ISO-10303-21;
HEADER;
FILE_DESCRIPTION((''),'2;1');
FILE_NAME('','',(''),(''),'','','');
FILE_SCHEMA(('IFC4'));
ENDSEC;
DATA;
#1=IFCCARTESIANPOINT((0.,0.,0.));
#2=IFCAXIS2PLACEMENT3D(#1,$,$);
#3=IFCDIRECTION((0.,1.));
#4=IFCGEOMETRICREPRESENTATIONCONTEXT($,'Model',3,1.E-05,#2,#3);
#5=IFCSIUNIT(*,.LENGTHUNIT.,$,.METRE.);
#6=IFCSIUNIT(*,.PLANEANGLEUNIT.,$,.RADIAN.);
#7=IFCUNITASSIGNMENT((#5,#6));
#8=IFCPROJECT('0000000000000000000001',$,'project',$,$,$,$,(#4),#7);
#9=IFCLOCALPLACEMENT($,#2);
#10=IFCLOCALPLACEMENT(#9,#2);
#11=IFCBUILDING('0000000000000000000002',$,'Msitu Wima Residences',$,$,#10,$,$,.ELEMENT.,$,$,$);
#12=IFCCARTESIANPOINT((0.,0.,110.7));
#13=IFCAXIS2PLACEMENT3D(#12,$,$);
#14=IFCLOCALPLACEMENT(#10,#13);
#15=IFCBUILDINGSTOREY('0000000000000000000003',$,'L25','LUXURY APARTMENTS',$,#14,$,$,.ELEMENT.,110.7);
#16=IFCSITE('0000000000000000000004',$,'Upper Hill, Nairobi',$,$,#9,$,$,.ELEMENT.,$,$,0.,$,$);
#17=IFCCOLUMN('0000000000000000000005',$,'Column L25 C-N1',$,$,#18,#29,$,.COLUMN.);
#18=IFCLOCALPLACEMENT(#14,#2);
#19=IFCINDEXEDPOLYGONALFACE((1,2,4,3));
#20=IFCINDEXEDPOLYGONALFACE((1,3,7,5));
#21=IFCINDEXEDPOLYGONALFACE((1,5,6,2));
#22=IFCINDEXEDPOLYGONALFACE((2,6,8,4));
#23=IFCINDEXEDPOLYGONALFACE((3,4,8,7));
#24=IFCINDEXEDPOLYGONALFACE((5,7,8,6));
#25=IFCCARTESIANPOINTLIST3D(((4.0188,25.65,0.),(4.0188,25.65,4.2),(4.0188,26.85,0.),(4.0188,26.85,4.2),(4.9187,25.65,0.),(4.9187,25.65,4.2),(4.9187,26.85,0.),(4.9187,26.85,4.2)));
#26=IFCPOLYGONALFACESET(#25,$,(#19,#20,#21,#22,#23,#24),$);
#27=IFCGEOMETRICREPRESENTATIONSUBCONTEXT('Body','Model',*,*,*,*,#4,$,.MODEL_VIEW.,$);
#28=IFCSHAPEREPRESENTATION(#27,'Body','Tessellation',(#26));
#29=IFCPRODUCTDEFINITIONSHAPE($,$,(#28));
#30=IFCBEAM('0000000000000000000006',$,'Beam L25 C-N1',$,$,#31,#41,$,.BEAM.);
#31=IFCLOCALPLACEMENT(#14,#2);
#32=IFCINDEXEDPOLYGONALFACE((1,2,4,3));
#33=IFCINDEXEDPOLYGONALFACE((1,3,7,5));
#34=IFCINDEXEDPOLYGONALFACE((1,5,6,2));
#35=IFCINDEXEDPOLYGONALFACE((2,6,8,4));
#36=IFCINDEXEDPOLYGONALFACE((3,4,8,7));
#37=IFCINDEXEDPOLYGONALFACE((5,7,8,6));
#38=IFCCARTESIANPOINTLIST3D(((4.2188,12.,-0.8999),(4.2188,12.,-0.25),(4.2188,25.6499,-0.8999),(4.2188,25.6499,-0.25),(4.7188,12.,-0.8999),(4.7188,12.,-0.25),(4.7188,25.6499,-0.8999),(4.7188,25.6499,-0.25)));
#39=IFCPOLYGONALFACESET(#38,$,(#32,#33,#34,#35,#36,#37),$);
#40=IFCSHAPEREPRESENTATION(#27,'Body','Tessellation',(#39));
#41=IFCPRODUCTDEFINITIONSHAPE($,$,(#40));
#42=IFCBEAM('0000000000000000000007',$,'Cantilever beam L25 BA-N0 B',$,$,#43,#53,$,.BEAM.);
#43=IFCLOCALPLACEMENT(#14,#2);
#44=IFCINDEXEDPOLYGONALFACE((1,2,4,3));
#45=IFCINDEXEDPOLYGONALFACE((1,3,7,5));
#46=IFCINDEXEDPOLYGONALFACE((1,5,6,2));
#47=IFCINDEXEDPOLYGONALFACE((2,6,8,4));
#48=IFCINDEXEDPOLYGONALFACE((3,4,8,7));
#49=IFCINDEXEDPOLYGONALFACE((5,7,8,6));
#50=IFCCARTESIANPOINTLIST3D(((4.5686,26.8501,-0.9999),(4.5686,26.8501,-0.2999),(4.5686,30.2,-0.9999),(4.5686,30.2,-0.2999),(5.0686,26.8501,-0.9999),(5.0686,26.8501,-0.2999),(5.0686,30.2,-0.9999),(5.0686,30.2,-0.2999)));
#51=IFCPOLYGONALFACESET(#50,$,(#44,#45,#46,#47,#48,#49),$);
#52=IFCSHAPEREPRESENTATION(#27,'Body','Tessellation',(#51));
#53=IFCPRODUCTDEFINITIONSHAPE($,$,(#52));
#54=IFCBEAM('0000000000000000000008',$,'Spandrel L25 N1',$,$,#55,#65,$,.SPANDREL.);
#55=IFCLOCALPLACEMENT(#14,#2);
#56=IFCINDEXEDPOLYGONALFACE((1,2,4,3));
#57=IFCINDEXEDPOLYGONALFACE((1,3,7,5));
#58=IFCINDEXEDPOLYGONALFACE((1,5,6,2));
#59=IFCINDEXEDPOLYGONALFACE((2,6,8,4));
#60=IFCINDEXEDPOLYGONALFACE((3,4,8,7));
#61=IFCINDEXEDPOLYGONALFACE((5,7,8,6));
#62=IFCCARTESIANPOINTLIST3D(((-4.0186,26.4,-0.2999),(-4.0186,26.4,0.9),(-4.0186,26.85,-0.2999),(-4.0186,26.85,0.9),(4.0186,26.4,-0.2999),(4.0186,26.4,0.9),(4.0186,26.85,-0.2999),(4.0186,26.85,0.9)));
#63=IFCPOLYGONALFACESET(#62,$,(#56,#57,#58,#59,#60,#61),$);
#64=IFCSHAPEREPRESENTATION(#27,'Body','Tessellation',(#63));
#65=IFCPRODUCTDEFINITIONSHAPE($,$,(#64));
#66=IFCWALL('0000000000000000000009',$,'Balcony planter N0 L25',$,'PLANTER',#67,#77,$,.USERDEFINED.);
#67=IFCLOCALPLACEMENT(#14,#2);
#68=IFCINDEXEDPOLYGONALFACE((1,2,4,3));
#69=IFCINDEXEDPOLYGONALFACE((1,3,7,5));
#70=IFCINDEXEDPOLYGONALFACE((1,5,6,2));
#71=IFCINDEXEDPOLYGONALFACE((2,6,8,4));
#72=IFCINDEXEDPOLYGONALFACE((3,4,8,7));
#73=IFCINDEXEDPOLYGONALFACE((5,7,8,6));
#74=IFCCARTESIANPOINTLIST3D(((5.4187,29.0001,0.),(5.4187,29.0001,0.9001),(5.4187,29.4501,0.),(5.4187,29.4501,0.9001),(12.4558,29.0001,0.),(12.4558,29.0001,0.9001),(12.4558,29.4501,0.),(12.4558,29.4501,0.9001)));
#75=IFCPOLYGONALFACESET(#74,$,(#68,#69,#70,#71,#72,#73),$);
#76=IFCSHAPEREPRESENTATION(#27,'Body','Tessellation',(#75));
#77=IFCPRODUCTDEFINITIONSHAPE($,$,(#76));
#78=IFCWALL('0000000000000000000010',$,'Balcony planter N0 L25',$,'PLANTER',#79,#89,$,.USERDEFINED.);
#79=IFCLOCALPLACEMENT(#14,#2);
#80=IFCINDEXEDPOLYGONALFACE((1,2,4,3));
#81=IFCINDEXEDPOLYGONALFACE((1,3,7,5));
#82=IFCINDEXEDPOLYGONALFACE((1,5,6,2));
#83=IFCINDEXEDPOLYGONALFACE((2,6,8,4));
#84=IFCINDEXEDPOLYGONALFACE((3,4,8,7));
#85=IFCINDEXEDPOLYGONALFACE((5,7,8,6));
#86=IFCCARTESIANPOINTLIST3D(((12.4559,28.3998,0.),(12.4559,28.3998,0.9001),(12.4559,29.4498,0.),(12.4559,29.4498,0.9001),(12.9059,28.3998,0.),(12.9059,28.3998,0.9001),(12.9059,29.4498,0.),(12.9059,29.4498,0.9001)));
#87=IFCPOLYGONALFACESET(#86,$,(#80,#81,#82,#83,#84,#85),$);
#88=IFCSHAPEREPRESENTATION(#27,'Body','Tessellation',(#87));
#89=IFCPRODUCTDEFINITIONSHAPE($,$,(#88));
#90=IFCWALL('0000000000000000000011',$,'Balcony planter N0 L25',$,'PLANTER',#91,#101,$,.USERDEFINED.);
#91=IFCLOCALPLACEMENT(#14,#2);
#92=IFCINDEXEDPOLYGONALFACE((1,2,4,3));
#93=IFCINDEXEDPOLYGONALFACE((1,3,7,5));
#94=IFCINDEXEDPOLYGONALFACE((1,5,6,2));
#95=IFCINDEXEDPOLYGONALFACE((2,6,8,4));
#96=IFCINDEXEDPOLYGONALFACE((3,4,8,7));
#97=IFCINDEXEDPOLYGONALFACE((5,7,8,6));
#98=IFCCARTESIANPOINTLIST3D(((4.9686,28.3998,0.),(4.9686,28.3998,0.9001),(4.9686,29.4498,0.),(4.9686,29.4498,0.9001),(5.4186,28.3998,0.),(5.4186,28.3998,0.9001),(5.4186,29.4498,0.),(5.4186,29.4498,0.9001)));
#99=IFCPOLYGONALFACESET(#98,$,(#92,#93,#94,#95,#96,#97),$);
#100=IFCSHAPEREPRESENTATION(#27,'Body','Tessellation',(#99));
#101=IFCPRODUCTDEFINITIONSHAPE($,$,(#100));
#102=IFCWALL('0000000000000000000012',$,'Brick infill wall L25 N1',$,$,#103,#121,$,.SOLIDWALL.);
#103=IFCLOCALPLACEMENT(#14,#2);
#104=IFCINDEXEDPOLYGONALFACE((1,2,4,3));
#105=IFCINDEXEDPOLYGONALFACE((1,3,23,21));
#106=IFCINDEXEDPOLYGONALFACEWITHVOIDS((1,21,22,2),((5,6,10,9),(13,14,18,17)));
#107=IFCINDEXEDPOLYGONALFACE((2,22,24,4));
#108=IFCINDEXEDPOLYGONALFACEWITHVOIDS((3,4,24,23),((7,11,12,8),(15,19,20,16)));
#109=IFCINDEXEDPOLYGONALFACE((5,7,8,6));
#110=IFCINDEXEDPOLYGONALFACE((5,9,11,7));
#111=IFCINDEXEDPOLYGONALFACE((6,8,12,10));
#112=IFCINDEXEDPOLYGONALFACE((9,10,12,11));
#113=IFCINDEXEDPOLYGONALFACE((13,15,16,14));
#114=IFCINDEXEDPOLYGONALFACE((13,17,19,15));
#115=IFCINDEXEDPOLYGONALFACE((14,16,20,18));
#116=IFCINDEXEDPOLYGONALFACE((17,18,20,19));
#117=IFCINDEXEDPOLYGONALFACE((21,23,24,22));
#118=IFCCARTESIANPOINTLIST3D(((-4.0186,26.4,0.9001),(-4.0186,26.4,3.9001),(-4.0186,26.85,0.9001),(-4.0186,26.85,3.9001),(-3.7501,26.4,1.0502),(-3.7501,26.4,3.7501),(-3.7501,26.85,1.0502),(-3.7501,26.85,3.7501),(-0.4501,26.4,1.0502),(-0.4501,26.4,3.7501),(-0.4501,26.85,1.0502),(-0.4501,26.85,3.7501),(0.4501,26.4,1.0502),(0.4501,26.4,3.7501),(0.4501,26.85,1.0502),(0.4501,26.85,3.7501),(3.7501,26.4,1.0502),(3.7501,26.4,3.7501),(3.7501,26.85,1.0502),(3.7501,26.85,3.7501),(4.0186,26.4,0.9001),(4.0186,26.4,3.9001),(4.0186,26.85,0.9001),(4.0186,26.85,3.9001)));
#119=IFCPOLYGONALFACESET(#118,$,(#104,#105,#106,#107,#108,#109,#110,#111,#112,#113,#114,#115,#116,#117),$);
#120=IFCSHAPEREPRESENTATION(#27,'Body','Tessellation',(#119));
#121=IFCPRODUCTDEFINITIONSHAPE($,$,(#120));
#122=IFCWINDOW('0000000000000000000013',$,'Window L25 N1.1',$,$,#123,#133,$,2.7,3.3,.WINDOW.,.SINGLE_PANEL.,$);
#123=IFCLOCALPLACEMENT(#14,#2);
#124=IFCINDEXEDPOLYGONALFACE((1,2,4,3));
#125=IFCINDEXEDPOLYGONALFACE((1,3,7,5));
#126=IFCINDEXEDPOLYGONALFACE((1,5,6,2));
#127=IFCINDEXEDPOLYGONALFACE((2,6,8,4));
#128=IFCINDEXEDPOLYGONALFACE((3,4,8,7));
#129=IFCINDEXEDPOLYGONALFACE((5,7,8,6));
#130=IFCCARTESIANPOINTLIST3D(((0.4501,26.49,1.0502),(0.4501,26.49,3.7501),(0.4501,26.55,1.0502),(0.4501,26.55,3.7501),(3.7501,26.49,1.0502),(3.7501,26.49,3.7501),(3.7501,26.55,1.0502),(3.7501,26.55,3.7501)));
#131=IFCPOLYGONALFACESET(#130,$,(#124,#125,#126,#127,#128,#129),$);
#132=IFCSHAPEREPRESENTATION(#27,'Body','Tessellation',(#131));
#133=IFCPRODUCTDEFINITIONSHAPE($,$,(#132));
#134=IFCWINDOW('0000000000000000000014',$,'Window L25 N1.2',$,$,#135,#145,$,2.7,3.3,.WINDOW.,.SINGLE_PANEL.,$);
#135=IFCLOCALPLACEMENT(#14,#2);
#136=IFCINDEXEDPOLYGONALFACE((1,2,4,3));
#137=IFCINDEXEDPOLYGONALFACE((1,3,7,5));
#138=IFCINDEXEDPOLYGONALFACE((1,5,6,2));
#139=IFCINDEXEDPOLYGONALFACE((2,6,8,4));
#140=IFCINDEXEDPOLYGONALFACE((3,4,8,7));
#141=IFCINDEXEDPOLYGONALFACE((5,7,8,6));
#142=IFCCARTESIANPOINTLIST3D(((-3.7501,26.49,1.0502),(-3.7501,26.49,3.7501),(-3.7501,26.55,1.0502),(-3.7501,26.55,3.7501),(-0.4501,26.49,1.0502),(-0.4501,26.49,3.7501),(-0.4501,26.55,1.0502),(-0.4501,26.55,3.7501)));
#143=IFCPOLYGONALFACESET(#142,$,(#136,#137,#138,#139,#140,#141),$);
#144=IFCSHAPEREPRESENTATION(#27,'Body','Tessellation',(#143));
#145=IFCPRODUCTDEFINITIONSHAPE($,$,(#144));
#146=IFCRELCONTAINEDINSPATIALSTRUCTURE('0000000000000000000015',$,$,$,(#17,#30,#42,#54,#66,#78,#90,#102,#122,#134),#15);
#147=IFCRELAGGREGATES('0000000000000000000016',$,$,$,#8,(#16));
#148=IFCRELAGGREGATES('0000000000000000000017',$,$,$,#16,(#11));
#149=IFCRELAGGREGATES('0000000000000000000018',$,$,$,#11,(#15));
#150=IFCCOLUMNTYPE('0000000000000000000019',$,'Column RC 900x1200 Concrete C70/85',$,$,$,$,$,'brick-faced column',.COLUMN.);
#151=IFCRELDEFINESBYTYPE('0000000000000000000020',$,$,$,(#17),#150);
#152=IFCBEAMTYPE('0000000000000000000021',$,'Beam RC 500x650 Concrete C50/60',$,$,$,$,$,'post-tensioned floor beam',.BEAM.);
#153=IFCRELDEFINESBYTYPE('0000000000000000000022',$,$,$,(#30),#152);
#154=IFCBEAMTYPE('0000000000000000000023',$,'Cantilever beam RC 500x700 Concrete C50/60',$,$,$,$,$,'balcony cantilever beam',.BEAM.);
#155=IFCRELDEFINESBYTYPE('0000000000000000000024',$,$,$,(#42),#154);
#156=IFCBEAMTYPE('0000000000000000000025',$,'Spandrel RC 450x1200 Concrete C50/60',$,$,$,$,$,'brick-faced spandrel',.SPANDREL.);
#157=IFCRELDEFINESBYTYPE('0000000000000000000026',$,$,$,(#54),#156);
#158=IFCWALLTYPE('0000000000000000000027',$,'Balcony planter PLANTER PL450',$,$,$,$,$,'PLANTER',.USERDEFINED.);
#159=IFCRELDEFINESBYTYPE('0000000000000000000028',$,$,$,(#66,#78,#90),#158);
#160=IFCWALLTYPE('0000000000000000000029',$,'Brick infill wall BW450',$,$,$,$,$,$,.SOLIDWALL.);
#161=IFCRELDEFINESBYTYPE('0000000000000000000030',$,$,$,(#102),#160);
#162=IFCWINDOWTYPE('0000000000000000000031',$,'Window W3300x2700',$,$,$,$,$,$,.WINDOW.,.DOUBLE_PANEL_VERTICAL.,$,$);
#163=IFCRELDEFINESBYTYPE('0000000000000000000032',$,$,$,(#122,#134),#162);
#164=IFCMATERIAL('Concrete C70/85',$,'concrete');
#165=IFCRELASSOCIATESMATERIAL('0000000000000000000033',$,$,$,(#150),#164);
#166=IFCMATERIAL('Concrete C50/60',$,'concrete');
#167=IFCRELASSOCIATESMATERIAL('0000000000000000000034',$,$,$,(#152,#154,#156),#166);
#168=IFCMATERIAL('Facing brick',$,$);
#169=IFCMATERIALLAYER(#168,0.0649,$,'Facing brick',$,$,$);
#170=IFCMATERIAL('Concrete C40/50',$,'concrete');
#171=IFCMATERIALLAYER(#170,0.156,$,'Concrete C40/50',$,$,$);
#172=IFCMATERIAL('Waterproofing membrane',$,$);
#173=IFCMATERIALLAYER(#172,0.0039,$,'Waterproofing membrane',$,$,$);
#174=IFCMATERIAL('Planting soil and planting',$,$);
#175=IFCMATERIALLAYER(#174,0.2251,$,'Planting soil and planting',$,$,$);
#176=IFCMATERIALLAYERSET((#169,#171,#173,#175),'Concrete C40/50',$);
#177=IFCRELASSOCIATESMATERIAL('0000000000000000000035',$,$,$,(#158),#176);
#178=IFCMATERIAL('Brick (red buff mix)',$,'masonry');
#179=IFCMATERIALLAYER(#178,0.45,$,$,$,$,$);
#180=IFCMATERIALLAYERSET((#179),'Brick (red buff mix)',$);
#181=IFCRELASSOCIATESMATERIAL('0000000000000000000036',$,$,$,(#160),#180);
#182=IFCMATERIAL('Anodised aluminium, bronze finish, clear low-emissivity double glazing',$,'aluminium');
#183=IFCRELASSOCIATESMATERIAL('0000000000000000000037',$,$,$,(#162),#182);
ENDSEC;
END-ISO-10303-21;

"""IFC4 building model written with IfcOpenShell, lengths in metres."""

from ifc_helpers import new_model, si_unit, direction, frame, frame_2d, origin, origin_2d, place, context, subcontext, project, spatial, rectangle, extrude, material, layer, layer_set, material_profile, profile_set, type_object, element, fill, save


model = new_model("IFC4")

# Units and contexts
model_context = context("Model", 3, precision=1e-05, world=origin(), true_north=direction((0.0, 1.0)))
body_context = subcontext(model_context, "Body", "Model", "MODEL_VIEW")
ifc_project = project(units=[si_unit("LENGTHUNIT", "METRE"), si_unit("PLANEANGLEUNIT", "RADIAN")], contexts=[model_context])

# Site, building, storey
site_placement = place(None, origin())
site = spatial("IfcSite", under=ifc_project, at=site_placement, Name="Upper Hill, Nairobi", CompositionType="ELEMENT", RefElevation=0.0)
building_placement = place(site_placement, origin())
building = spatial("IfcBuilding", under=site, at=building_placement, Name="Msitu Wima Residences", CompositionType="ELEMENT")
storey_placement = place(building_placement, frame((0.0, 0.0, 110.7)))
storey = spatial("IfcBuildingStorey", under=building, at=storey_placement, Name="L25", Description="LUXURY APARTMENTS", CompositionType="ELEMENT", Elevation=110.7)

# Column
ifc_material_1 = material(Name="Concrete C70/85", Category="concrete")
ifc_material_profile_1 = material_profile(ifc_material_1, rectangle(XDim=0.8999, YDim=1.2, at=origin_2d()), Name="RC 900x1200")
ifc_profile_set_1 = profile_set([ifc_material_profile_1], Name="Concrete C70/85")
column_type = type_object("IfcColumnType", Name="Column RC 900x1200 Concrete C70/85", ElementType="brick-faced column", PredefinedType="COLUMN", material=ifc_profile_set_1)
column_placement = place(storey_placement, frame((4.4688, 26.25, 0.0), z_axis=(0.0, 0.0, 1.0), x_axis=(-1.0, 0.0, 0.0)))
element("IfcColumn", 1, at=column_placement, inside=storey, type_object=column_type, Name="Column L25 C-N1", PredefinedType="COLUMN", context=body_context, shape_type="SweptSolid", body=[
    extrude(rectangle(XDim=0.8999, YDim=1.2, at=origin_2d()), origin(), (0.0, 0.0, 1.0), 4.2),
])

# Beams
ifc_material_2 = material(Name="Concrete C50/60", Category="concrete")
ifc_material_profile_2 = material_profile(ifc_material_2, rectangle(XDim=0.5, YDim=0.6499, at=origin_2d()), Name="RC 500x650")
ifc_profile_set_2 = profile_set([ifc_material_profile_2], Name="Concrete C50/60")
beam_type_1 = type_object("IfcBeamType", Name="Beam RC 500x650 Concrete C50/60", ElementType="post-tensioned floor beam", PredefinedType="BEAM", material=ifc_profile_set_2)
beam_1_placement = place(storey_placement, frame((4.4688, 25.6499, -0.575), z_axis=(0.0, -1.0, 0.0), x_axis=(1.0, 0.0, 0.0)))
element("IfcBeam", 2, at=beam_1_placement, inside=storey, type_object=beam_type_1, Name="Beam L25 C-N1", PredefinedType="BEAM", context=body_context, shape_type="SweptSolid", body=[
    extrude(rectangle(XDim=0.5, YDim=0.6499, at=origin_2d()), origin(), (0.0, 0.0, 1.0), 13.6499),
])
ifc_material_profile_3 = material_profile(ifc_material_2, rectangle(XDim=0.5, YDim=0.7, at=origin_2d()), Name="RC 500x700")
ifc_profile_set_3 = profile_set([ifc_material_profile_3], Name="Concrete C50/60")
beam_type_2 = type_object("IfcBeamType", Name="Cantilever beam RC 500x700 Concrete C50/60", ElementType="balcony cantilever beam", PredefinedType="BEAM", material=ifc_profile_set_3)
beam_2_placement = place(storey_placement, frame((4.8186, 26.8501, -0.6499), z_axis=(0.0, 1.0, 0.0), x_axis=(-1.0, 0.0, 0.0)))
element("IfcBeam", 3, at=beam_2_placement, inside=storey, type_object=beam_type_2, Name="Cantilever beam L25 BA-N0 B", PredefinedType="BEAM", context=body_context, shape_type="SweptSolid", body=[
    extrude(rectangle(XDim=0.5, YDim=0.7, at=origin_2d()), origin(), (0.0, 0.0, 1.0), 3.3499),
])
ifc_material_profile_4 = material_profile(ifc_material_2, rectangle(XDim=0.45, YDim=1.2, at=origin_2d()), Name="RC 450x1200")
ifc_profile_set_4 = profile_set([ifc_material_profile_4], Name="Concrete C50/60")
beam_type_3 = type_object("IfcBeamType", Name="Spandrel RC 450x1200 Concrete C50/60", ElementType="brick-faced spandrel", PredefinedType="SPANDREL", material=ifc_profile_set_4)
beam_3_placement = place(storey_placement, frame((4.0186, 26.625, 0.3), z_axis=(-1.0, 0.0, 0.0), x_axis=(0.0, -1.0, 0.0)))
element("IfcBeam", 4, at=beam_3_placement, inside=storey, type_object=beam_type_3, Name="Spandrel L25 N1", PredefinedType="SPANDREL", context=body_context, shape_type="SweptSolid", body=[
    extrude(rectangle(XDim=0.45, YDim=1.2, at=origin_2d()), origin(), (0.0, 0.0, 1.0), 8.0371),
])

# Walls
ifc_material_3 = material(Name="Facing brick")
ifc_layer_1 = layer(ifc_material_3, 0.0649, Name="Facing brick")
ifc_material_4 = material(Name="Concrete C40/50", Category="concrete")
ifc_layer_2 = layer(ifc_material_4, 0.156, Name="Concrete C40/50")
ifc_material_5 = material(Name="Waterproofing membrane")
ifc_layer_3 = layer(ifc_material_5, 0.0039, Name="Waterproofing membrane")
ifc_material_6 = material(Name="Planting soil and planting")
ifc_layer_4 = layer(ifc_material_6, 0.2251, Name="Planting soil and planting")
ifc_layer_set_1 = layer_set([ifc_layer_1, ifc_layer_2, ifc_layer_3, ifc_layer_4], Name="Concrete C40/50")
wall_type_1 = type_object("IfcWallType", Name="Balcony planter PLANTER PL450", ElementType="PLANTER", PredefinedType="USERDEFINED", material=ifc_layer_set_1)
wall_1_placement = place(storey_placement, frame((12.4558, 29.2251, 0.0), z_axis=(0.0, 0.0, 1.0), x_axis=(-1.0, 0.0, 0.0)))
element("IfcWall", 5, at=wall_1_placement, inside=storey, type_object=wall_type_1, Name="Balcony planter N0 L25", ObjectType="PLANTER", PredefinedType="USERDEFINED", context=body_context, shape_type="SweptSolid", body=[
    extrude(rectangle(XDim=7.0371, YDim=0.45, at=frame_2d((3.5186, 0.0))), origin(), (0.0, 0.0, 1.0), 0.9001),
])
for number, where, z_axis, x_axis, name in (
    (6, (12.6809, 28.3999, 0.0), (0.0, 0.0, 1.0), (0.0, 1.0, 0.0), "Balcony planter N0 L25"),
    (7, (5.1936, 28.3999, 0.0), (0.0, 0.0, 1.0), (0.0, 1.0, 0.0), "Balcony planter N0 L25"),
):
    element("IfcWall", number, at=place(storey_placement, frame(where, z_axis=z_axis, x_axis=x_axis)), inside=storey, type_object=wall_type_1, Name=name, ObjectType="PLANTER", PredefinedType="USERDEFINED", context=body_context, shape_type="SweptSolid", body=[
        extrude(rectangle(XDim=1.05, YDim=0.45, at=frame_2d((0.5249, 0.0))), origin(), (0.0, 0.0, 1.0), 0.9001),
    ])

# Wall, openings, windows
ifc_material_7 = material(Name="Brick (red buff mix)", Category="masonry")
ifc_layer_5 = layer(ifc_material_7, 0.45)
ifc_layer_set_2 = layer_set([ifc_layer_5], Name="Brick (red buff mix)")
wall_type_2 = type_object("IfcWallType", Name="Brick infill wall BW450", PredefinedType="SOLIDWALL", material=ifc_layer_set_2)
wall_2_placement = place(storey_placement, frame((4.0186, 26.625, 0.9001), z_axis=(0.0, 0.0, 1.0), x_axis=(-1.0, 0.0, 0.0)))
wall_2 = element("IfcWall", 8, at=wall_2_placement, inside=storey, type_object=wall_type_2, Name="Brick infill wall L25 N1", PredefinedType="SOLIDWALL", context=body_context, shape_type="SweptSolid", body=[
    extrude(rectangle(XDim=8.0371, YDim=0.45, at=frame_2d((4.0186, 0.0))), origin(), (0.0, 0.0, 1.0), 3.0),
])
opening_1_placement = place(wall_2_placement, frame((0.2686, 0.0, 0.1499)))
opening_1 = element("IfcOpeningElement", 9, at=opening_1_placement, cuts=wall_2, PredefinedType="OPENING", context=body_context, shape_type="SweptSolid", body=[
    extrude(rectangle(XDim=3.3, YDim=2.7, at=frame_2d((1.6499, 1.3501))), frame((0.0, 0.2349, 0.0), z_axis=(0.0, -1.0, 0.0), x_axis=(1.0, 0.0, 0.0)), (0.0, 0.0, 1.0), 0.47),
])
opening_2_placement = place(wall_2_placement, frame((4.4688, 0.0, 0.1499)))
opening_2 = element("IfcOpeningElement", 10, at=opening_2_placement, cuts=wall_2, PredefinedType="OPENING", context=body_context, shape_type="SweptSolid", body=[
    extrude(rectangle(XDim=3.3, YDim=2.7, at=frame_2d((1.6499, 1.3501))), frame((0.0, 0.2349, 0.0), z_axis=(0.0, -1.0, 0.0), x_axis=(1.0, 0.0, 0.0)), (0.0, 0.0, 1.0), 0.47),
])
ifc_material_8 = material(Name="Anodised aluminium, bronze finish, clear low-emissivity double glazing", Category="aluminium")
window_type = type_object("IfcWindowType", Name="Window W3300x2700", PartitioningType="DOUBLE_PANEL_VERTICAL", PredefinedType="WINDOW", material=ifc_material_8)
window_1_placement = place(opening_1_placement, origin())
window_1 = element("IfcWindow", 11, at=window_1_placement, inside=storey, type_object=window_type, Name="Window L25 N1.1", OverallHeight=2.7, OverallWidth=3.3, PartitioningType="SINGLE_PANEL", PredefinedType="WINDOW", context=body_context, shape_type="SweptSolid", body=[
    extrude(rectangle(XDim=3.3, YDim=2.7, at=frame_2d((1.6499, 1.3501))), frame((0.0, 0.135, 0.0), z_axis=(0.0, -1.0, 0.0), x_axis=(1.0, 0.0, 0.0)), (0.0, 0.0, 1.0), 0.0601),
])
fill(opening_1, window_1)
window_2_placement = place(opening_2_placement, origin())
window_2 = element("IfcWindow", 12, at=window_2_placement, inside=storey, type_object=window_type, Name="Window L25 N1.2", OverallHeight=2.7, OverallWidth=3.3, PartitioningType="SINGLE_PANEL", PredefinedType="WINDOW", context=body_context, shape_type="SweptSolid", body=[
    extrude(rectangle(XDim=3.3, YDim=2.7, at=frame_2d((1.6499, 1.3501))), frame((0.0, 0.135, 0.0), z_axis=(0.0, -1.0, 0.0), x_axis=(1.0, 0.0, 0.0)), (0.0, 0.0, 1.0), 0.0601),
])
fill(opening_2, window_2)

save(model, "model.ifc")
